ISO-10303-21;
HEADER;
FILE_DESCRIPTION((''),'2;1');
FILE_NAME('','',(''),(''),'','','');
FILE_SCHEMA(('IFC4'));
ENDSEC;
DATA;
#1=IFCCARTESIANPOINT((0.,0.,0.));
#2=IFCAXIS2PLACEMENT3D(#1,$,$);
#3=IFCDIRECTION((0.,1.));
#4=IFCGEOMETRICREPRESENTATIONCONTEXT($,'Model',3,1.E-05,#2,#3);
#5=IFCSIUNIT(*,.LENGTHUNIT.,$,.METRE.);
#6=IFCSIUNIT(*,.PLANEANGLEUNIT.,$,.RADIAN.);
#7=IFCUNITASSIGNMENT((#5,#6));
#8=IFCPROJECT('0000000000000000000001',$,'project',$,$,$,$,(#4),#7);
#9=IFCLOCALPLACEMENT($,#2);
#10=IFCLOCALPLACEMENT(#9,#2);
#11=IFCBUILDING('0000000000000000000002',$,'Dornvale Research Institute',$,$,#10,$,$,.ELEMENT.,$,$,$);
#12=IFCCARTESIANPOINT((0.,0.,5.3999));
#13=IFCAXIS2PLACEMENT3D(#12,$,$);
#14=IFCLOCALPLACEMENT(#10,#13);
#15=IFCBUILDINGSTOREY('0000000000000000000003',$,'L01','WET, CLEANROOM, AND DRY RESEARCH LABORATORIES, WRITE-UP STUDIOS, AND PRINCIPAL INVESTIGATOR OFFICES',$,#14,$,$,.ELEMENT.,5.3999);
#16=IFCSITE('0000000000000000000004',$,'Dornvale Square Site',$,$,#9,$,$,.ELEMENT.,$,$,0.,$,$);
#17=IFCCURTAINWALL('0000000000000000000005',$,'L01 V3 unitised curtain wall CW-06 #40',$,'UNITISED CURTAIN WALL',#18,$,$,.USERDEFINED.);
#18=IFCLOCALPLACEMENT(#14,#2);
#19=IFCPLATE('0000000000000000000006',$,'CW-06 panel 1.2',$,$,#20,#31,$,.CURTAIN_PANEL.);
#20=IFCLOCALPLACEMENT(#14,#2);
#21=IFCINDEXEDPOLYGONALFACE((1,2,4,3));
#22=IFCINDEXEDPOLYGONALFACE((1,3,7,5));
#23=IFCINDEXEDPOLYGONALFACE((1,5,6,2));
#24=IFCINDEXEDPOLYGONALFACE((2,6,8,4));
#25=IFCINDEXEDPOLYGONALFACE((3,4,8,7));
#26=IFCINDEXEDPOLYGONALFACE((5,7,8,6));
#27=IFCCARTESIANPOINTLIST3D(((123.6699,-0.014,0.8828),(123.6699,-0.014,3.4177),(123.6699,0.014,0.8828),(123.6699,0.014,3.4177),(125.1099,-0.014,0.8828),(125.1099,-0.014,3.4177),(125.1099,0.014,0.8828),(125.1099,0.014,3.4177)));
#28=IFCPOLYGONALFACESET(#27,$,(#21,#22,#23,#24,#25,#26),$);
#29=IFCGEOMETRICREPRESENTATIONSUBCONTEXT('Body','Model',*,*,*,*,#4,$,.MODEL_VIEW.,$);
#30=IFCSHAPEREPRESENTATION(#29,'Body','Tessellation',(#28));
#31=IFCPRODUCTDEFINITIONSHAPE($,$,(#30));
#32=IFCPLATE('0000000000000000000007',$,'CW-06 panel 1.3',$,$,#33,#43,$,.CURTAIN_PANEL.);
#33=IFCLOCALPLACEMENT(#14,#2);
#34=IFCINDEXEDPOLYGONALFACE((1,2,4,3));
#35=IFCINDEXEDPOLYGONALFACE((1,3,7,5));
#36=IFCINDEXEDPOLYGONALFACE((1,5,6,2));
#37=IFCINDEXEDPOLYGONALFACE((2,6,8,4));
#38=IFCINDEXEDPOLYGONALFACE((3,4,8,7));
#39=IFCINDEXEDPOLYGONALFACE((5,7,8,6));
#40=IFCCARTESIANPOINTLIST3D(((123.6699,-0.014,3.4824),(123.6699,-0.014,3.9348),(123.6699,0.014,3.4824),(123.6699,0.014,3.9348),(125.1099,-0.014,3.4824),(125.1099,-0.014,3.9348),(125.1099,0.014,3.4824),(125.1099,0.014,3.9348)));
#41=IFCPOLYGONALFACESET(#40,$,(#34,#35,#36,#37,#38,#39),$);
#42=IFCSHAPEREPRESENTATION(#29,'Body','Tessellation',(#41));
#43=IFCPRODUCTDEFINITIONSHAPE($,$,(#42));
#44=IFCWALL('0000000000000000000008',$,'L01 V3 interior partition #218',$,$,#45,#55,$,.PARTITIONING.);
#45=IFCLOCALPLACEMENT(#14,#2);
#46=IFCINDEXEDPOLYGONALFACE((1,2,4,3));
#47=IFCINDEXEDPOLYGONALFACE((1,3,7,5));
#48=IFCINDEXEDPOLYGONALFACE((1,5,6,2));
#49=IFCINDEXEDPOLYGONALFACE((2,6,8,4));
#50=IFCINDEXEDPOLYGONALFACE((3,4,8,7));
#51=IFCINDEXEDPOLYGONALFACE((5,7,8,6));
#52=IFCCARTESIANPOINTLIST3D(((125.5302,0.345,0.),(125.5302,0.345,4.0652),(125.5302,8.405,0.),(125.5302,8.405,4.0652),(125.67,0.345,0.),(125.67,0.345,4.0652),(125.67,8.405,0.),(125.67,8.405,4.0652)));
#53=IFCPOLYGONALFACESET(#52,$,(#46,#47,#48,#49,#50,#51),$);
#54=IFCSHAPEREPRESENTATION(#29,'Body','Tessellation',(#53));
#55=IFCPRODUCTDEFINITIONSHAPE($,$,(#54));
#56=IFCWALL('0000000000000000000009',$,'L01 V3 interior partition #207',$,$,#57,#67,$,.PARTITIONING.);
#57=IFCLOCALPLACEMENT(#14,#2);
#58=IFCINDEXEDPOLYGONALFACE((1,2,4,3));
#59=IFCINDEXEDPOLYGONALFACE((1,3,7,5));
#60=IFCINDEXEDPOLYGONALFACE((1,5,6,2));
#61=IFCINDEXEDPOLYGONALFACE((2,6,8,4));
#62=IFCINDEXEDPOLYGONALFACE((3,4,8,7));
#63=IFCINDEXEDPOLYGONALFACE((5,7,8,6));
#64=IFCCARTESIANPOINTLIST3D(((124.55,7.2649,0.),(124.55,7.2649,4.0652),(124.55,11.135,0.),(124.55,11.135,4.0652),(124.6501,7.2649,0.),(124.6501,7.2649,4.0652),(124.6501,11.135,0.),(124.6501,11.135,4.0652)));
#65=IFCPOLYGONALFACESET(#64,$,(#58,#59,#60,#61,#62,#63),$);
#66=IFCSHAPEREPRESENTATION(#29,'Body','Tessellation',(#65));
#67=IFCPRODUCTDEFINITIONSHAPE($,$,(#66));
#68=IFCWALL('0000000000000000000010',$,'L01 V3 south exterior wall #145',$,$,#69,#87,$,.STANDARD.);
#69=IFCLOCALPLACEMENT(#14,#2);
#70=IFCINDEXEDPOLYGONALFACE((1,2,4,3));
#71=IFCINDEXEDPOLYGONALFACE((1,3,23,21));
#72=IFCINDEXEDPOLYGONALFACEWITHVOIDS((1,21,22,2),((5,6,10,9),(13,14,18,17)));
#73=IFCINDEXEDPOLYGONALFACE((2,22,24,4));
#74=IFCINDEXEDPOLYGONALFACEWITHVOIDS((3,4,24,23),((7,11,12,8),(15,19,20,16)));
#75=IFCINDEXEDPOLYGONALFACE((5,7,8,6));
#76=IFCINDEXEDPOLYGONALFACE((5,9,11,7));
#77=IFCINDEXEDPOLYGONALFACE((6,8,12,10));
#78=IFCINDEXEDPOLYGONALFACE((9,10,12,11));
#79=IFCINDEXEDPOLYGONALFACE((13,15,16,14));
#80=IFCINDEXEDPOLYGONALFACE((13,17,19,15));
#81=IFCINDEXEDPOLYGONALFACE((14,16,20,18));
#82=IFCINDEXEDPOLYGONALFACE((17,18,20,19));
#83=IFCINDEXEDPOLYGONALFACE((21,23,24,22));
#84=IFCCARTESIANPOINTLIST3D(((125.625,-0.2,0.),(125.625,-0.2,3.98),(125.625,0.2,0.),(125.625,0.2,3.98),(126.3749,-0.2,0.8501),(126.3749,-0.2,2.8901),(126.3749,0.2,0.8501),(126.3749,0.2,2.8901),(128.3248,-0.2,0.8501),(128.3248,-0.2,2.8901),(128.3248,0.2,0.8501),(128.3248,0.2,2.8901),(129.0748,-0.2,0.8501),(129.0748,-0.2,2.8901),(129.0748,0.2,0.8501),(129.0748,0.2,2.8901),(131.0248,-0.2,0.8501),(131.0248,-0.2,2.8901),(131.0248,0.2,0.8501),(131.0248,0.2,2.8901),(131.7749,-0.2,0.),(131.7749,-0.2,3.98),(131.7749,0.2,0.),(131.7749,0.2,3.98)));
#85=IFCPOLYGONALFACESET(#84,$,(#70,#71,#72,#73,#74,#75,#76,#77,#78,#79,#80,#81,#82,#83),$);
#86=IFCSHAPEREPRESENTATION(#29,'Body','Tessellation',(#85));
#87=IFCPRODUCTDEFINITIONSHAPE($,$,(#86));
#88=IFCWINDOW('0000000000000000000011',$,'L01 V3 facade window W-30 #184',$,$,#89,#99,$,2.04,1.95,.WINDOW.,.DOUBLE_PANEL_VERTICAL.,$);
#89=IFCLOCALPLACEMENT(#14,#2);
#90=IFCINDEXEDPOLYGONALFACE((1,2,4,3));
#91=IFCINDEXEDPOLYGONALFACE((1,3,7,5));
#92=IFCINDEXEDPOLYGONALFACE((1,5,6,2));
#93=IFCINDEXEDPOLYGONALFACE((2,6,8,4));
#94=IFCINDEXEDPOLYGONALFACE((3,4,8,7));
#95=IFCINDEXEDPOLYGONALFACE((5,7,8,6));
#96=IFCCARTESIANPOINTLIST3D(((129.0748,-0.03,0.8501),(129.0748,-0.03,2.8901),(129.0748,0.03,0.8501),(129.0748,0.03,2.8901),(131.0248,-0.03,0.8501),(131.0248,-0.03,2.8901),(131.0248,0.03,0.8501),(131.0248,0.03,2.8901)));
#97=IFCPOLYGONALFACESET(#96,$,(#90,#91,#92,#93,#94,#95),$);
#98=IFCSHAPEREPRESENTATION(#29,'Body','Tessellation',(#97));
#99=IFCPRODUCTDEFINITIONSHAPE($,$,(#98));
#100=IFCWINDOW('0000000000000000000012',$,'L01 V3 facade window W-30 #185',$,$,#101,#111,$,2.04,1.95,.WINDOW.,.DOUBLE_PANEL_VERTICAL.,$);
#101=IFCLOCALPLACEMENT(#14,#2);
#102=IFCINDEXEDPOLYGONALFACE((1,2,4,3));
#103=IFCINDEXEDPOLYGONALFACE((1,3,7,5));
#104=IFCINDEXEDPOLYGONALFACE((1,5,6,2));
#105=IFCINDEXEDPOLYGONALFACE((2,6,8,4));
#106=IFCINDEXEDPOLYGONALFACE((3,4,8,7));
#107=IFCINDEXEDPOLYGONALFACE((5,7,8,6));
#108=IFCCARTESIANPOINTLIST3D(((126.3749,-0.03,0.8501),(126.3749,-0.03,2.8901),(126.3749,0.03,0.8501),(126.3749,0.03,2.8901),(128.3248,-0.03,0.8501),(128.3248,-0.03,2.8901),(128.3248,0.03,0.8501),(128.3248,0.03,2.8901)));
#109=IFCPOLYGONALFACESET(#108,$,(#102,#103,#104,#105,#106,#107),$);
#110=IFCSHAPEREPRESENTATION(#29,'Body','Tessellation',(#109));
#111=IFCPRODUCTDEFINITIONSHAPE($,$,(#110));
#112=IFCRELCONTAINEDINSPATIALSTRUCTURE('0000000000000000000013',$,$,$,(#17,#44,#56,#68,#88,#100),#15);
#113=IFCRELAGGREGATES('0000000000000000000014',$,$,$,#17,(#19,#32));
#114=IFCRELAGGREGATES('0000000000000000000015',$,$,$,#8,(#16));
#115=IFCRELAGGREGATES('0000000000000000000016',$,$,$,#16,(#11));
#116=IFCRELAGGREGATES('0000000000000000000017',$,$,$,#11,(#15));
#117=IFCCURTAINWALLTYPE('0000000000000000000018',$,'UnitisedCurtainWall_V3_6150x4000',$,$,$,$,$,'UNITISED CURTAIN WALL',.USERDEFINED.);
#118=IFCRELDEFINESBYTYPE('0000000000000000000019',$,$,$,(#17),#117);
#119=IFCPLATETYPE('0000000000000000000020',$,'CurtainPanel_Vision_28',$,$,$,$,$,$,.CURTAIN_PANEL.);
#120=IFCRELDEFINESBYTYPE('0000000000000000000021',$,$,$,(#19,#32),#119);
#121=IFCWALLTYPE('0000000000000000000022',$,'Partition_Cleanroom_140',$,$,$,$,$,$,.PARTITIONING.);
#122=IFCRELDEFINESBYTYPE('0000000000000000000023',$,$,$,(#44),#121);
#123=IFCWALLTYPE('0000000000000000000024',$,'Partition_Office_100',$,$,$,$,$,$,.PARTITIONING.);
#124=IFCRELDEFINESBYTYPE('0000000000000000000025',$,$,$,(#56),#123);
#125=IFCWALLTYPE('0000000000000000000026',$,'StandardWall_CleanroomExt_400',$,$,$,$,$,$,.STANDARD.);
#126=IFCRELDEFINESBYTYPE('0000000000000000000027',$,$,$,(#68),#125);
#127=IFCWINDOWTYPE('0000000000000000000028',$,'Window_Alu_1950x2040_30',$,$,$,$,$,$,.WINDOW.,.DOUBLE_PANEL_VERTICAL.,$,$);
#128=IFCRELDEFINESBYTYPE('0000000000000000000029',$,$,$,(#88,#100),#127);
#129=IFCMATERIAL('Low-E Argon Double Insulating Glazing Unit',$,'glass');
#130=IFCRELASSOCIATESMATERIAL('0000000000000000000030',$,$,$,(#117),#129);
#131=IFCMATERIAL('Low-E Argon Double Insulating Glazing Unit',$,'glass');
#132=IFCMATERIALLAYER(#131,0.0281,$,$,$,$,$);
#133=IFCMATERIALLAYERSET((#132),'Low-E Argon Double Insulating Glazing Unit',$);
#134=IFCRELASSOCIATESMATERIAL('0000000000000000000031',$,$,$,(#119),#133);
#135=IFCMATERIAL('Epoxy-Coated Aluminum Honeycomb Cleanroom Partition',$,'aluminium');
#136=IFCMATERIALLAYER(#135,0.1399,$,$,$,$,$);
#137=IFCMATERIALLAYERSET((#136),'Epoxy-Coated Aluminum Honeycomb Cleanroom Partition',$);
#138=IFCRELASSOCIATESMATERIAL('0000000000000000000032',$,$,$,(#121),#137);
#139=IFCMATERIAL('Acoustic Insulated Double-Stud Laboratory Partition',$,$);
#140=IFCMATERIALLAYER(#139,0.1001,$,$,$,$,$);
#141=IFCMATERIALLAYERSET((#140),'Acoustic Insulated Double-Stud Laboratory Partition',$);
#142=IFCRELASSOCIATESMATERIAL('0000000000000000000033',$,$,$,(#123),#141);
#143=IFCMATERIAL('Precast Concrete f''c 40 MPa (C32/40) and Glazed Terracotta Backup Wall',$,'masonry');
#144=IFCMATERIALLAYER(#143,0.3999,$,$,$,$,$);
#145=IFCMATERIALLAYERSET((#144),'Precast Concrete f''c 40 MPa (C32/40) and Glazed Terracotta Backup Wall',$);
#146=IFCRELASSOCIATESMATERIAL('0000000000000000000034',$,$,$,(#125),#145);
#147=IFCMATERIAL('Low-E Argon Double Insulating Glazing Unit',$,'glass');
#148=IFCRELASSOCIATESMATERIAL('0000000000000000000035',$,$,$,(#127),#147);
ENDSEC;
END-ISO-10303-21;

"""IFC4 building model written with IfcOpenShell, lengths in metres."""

from ifc_helpers import new_model, si_unit, direction, frame, frame_2d, origin, origin_2d, place, context, subcontext, project, spatial, rectangle, extrude, material, layer, layer_set, type_object, element, fill, aggregate, save


model = new_model("IFC4")

# Units and contexts
model_context = context("Model", 3, precision=1e-05, world=origin(), true_north=direction((0.0, 1.0)))
body_context = subcontext(model_context, "Body", "Model", "MODEL_VIEW")
ifc_project = project(units=[si_unit("LENGTHUNIT", "METRE"), si_unit("PLANEANGLEUNIT", "RADIAN")], contexts=[model_context])

# Site, building, storey
site_placement = place(None, origin())
site = spatial("IfcSite", under=ifc_project, at=site_placement, Name="Dornvale Square Site", CompositionType="ELEMENT", RefElevation=0.0)
building_placement = place(site_placement, origin())
building = spatial("IfcBuilding", under=site, at=building_placement, Name="Dornvale Research Institute", CompositionType="ELEMENT")
storey_placement = place(building_placement, frame((0.0, 0.0, 5.3999)))
storey = spatial("IfcBuildingStorey", under=building, at=storey_placement, Name="L01", Description="WET, CLEANROOM, AND DRY RESEARCH LABORATORIES, WRITE-UP STUDIOS, AND PRINCIPAL INVESTIGATOR OFFICES", CompositionType="ELEMENT", Elevation=5.3999)

# Shared definitions
ifc_material_1 = material(Name="Low-E Argon Double Insulating Glazing Unit", Category="glass")
curtain_wall_type = type_object("IfcCurtainWallType", Name="UnitisedCurtainWall_V3_6150x4000", ElementType="UNITISED CURTAIN WALL", PredefinedType="USERDEFINED", material=ifc_material_1)

# Curtain wall
curtain_wall_1_placement = place(storey_placement, origin())
curtain_wall_1 = element("IfcCurtainWall", 1, at=curtain_wall_1_placement, inside=storey, type_object=curtain_wall_type, Name="L01 V3 unitised curtain wall CW-06 #40", ObjectType="UNITISED CURTAIN WALL", PredefinedType="USERDEFINED")

# Plates
ifc_material_2 = material(Name="Low-E Argon Double Insulating Glazing Unit", Category="glass")
ifc_layer_1 = layer(ifc_material_2, 0.0281)
ifc_layer_set_1 = layer_set([ifc_layer_1], Name="Low-E Argon Double Insulating Glazing Unit")
plate_type_1 = type_object("IfcPlateType", Name="CurtainPanel_Vision_28", PredefinedType="CURTAIN_PANEL", material=ifc_layer_set_1)
plate_1_placement = place(storey_placement, frame((124.3899, 0.0, 0.8828), z_axis=(0.0, 0.0, 1.0), x_axis=(-1.0, 0.0, 0.0)))
plate_1 = element("IfcPlate", 2, at=plate_1_placement, type_object=plate_type_1, Name="CW-06 panel 1.2", PredefinedType="CURTAIN_PANEL", context=body_context, shape_type="SweptSolid", body=[
    extrude(rectangle(XDim=1.4399, YDim=0.0281, at=origin_2d()), origin(), (0.0, 0.0, 1.0), 2.5349),
])
plate_2_placement = place(storey_placement, frame((124.3899, 0.0, 3.4824), z_axis=(0.0, 0.0, 1.0), x_axis=(-1.0, 0.0, 0.0)))
plate_2 = element("IfcPlate", 3, at=plate_2_placement, type_object=plate_type_1, Name="CW-06 panel 1.3", PredefinedType="CURTAIN_PANEL", context=body_context, shape_type="SweptSolid", body=[
    extrude(rectangle(XDim=1.4399, YDim=0.0281, at=origin_2d()), origin(), (0.0, 0.0, 1.0), 0.4524),
])
aggregate(curtain_wall_1, [plate_1, plate_2])

# Walls
ifc_material_3 = material(Name="Epoxy-Coated Aluminum Honeycomb Cleanroom Partition", Category="aluminium")
ifc_layer_2 = layer(ifc_material_3, 0.1399)
ifc_layer_set_2 = layer_set([ifc_layer_2], Name="Epoxy-Coated Aluminum Honeycomb Cleanroom Partition")
wall_type_1 = type_object("IfcWallType", Name="Partition_Cleanroom_140", PredefinedType="PARTITIONING", material=ifc_layer_set_2)
wall_1_placement = place(storey_placement, frame((125.6001, 0.345, 0.0), z_axis=(0.0, 0.0, 1.0), x_axis=(0.0, 1.0, 0.0)))
element("IfcWall", 4, at=wall_1_placement, inside=storey, type_object=wall_type_1, Name="L01 V3 interior partition #218", PredefinedType="PARTITIONING", context=body_context, shape_type="SweptSolid", body=[
    extrude(rectangle(XDim=8.0601, YDim=0.1399, at=frame_2d((4.03, 0.0))), origin(), (0.0, 0.0, 1.0), 4.0652),
])
ifc_material_4 = material(Name="Acoustic Insulated Double-Stud Laboratory Partition")
ifc_layer_3 = layer(ifc_material_4, 0.1001)
ifc_layer_set_3 = layer_set([ifc_layer_3], Name="Acoustic Insulated Double-Stud Laboratory Partition")
wall_type_2 = type_object("IfcWallType", Name="Partition_Office_100", PredefinedType="PARTITIONING", material=ifc_layer_set_3)
wall_2_placement = place(storey_placement, frame((124.6001, 7.2649, 0.0), z_axis=(0.0, 0.0, 1.0), x_axis=(0.0, 1.0, 0.0)))
element("IfcWall", 5, at=wall_2_placement, inside=storey, type_object=wall_type_2, Name="L01 V3 interior partition #207", PredefinedType="PARTITIONING", context=body_context, shape_type="SweptSolid", body=[
    extrude(rectangle(XDim=3.8701, YDim=0.1001, at=frame_2d((1.9351, 0.0))), origin(), (0.0, 0.0, 1.0), 4.0652),
])

# Wall, openings, windows
ifc_material_5 = material(Name="Precast Concrete f'c 40 MPa (C32/40) and Glazed Terracotta Backup Wall", Category="masonry")
ifc_layer_4 = layer(ifc_material_5, 0.3999)
ifc_layer_set_4 = layer_set([ifc_layer_4], Name="Precast Concrete f'c 40 MPa (C32/40) and Glazed Terracotta Backup Wall")
wall_type_3 = type_object("IfcWallType", Name="StandardWall_CleanroomExt_400", PredefinedType="STANDARD", material=ifc_layer_set_4)
wall_3_placement = place(storey_placement, frame((131.7749, 0.0, 0.0), z_axis=(0.0, 0.0, 1.0), x_axis=(-1.0, 0.0, 0.0)))
wall_3 = element("IfcWall", 6, at=wall_3_placement, inside=storey, type_object=wall_type_3, Name="L01 V3 south exterior wall #145", PredefinedType="STANDARD", context=body_context, shape_type="SweptSolid", body=[
    extrude(rectangle(XDim=6.1499, YDim=0.3999, at=frame_2d((3.075, 0.0))), origin(), (0.0, 0.0, 1.0), 3.98),
])
opening_1_placement = place(wall_3_placement, frame((0.75, 0.0, 0.8501)))
opening_1 = element("IfcOpeningElement", 7, at=opening_1_placement, cuts=wall_3, PredefinedType="OPENING", context=body_context, shape_type="SweptSolid", body=[
    extrude(rectangle(XDim=1.95, YDim=2.04, at=frame_2d((0.9751, 1.02))), frame((0.0, 0.2148, 0.0), z_axis=(0.0, -1.0, 0.0), x_axis=(1.0, 0.0, 0.0)), (0.0, 0.0, 1.0), 0.4299),
])
opening_2_placement = place(wall_3_placement, frame((3.45, 0.0, 0.8501)))
opening_2 = element("IfcOpeningElement", 8, at=opening_2_placement, cuts=wall_3, PredefinedType="OPENING", context=body_context, shape_type="SweptSolid", body=[
    extrude(rectangle(XDim=1.95, YDim=2.04, at=frame_2d((0.9751, 1.02))), frame((0.0, 0.2148, 0.0), z_axis=(0.0, -1.0, 0.0), x_axis=(1.0, 0.0, 0.0)), (0.0, 0.0, 1.0), 0.4299),
])
ifc_material_6 = material(Name="Low-E Argon Double Insulating Glazing Unit", Category="glass")
window_type = type_object("IfcWindowType", Name="Window_Alu_1950x2040_30", PartitioningType="DOUBLE_PANEL_VERTICAL", PredefinedType="WINDOW", material=ifc_material_6)
window_1_placement = place(opening_1_placement, origin())
window_1 = element("IfcWindow", 9, at=window_1_placement, inside=storey, type_object=window_type, Name="L01 V3 facade window W-30 #184", OverallHeight=2.04, OverallWidth=1.95, PartitioningType="DOUBLE_PANEL_VERTICAL", PredefinedType="WINDOW", context=body_context, shape_type="SweptSolid", body=[
    extrude(rectangle(XDim=1.95, YDim=2.04, at=frame_2d((0.9751, 1.02))), frame((0.0, 0.03, 0.0), z_axis=(0.0, -1.0, 0.0), x_axis=(1.0, 0.0, 0.0)), (0.0, 0.0, 1.0), 0.0601),
])
fill(opening_1, window_1)
window_2_placement = place(opening_2_placement, origin())
window_2 = element("IfcWindow", 10, at=window_2_placement, inside=storey, type_object=window_type, Name="L01 V3 facade window W-30 #185", OverallHeight=2.04, OverallWidth=1.95, PartitioningType="DOUBLE_PANEL_VERTICAL", PredefinedType="WINDOW", context=body_context, shape_type="SweptSolid", body=[
    extrude(rectangle(XDim=1.95, YDim=2.04, at=frame_2d((0.9751, 1.02))), frame((0.0, 0.03, 0.0), z_axis=(0.0, -1.0, 0.0), x_axis=(1.0, 0.0, 0.0)), (0.0, 0.0, 1.0), 0.0601),
])
fill(opening_2, window_2)

save(model, "model.ifc")
